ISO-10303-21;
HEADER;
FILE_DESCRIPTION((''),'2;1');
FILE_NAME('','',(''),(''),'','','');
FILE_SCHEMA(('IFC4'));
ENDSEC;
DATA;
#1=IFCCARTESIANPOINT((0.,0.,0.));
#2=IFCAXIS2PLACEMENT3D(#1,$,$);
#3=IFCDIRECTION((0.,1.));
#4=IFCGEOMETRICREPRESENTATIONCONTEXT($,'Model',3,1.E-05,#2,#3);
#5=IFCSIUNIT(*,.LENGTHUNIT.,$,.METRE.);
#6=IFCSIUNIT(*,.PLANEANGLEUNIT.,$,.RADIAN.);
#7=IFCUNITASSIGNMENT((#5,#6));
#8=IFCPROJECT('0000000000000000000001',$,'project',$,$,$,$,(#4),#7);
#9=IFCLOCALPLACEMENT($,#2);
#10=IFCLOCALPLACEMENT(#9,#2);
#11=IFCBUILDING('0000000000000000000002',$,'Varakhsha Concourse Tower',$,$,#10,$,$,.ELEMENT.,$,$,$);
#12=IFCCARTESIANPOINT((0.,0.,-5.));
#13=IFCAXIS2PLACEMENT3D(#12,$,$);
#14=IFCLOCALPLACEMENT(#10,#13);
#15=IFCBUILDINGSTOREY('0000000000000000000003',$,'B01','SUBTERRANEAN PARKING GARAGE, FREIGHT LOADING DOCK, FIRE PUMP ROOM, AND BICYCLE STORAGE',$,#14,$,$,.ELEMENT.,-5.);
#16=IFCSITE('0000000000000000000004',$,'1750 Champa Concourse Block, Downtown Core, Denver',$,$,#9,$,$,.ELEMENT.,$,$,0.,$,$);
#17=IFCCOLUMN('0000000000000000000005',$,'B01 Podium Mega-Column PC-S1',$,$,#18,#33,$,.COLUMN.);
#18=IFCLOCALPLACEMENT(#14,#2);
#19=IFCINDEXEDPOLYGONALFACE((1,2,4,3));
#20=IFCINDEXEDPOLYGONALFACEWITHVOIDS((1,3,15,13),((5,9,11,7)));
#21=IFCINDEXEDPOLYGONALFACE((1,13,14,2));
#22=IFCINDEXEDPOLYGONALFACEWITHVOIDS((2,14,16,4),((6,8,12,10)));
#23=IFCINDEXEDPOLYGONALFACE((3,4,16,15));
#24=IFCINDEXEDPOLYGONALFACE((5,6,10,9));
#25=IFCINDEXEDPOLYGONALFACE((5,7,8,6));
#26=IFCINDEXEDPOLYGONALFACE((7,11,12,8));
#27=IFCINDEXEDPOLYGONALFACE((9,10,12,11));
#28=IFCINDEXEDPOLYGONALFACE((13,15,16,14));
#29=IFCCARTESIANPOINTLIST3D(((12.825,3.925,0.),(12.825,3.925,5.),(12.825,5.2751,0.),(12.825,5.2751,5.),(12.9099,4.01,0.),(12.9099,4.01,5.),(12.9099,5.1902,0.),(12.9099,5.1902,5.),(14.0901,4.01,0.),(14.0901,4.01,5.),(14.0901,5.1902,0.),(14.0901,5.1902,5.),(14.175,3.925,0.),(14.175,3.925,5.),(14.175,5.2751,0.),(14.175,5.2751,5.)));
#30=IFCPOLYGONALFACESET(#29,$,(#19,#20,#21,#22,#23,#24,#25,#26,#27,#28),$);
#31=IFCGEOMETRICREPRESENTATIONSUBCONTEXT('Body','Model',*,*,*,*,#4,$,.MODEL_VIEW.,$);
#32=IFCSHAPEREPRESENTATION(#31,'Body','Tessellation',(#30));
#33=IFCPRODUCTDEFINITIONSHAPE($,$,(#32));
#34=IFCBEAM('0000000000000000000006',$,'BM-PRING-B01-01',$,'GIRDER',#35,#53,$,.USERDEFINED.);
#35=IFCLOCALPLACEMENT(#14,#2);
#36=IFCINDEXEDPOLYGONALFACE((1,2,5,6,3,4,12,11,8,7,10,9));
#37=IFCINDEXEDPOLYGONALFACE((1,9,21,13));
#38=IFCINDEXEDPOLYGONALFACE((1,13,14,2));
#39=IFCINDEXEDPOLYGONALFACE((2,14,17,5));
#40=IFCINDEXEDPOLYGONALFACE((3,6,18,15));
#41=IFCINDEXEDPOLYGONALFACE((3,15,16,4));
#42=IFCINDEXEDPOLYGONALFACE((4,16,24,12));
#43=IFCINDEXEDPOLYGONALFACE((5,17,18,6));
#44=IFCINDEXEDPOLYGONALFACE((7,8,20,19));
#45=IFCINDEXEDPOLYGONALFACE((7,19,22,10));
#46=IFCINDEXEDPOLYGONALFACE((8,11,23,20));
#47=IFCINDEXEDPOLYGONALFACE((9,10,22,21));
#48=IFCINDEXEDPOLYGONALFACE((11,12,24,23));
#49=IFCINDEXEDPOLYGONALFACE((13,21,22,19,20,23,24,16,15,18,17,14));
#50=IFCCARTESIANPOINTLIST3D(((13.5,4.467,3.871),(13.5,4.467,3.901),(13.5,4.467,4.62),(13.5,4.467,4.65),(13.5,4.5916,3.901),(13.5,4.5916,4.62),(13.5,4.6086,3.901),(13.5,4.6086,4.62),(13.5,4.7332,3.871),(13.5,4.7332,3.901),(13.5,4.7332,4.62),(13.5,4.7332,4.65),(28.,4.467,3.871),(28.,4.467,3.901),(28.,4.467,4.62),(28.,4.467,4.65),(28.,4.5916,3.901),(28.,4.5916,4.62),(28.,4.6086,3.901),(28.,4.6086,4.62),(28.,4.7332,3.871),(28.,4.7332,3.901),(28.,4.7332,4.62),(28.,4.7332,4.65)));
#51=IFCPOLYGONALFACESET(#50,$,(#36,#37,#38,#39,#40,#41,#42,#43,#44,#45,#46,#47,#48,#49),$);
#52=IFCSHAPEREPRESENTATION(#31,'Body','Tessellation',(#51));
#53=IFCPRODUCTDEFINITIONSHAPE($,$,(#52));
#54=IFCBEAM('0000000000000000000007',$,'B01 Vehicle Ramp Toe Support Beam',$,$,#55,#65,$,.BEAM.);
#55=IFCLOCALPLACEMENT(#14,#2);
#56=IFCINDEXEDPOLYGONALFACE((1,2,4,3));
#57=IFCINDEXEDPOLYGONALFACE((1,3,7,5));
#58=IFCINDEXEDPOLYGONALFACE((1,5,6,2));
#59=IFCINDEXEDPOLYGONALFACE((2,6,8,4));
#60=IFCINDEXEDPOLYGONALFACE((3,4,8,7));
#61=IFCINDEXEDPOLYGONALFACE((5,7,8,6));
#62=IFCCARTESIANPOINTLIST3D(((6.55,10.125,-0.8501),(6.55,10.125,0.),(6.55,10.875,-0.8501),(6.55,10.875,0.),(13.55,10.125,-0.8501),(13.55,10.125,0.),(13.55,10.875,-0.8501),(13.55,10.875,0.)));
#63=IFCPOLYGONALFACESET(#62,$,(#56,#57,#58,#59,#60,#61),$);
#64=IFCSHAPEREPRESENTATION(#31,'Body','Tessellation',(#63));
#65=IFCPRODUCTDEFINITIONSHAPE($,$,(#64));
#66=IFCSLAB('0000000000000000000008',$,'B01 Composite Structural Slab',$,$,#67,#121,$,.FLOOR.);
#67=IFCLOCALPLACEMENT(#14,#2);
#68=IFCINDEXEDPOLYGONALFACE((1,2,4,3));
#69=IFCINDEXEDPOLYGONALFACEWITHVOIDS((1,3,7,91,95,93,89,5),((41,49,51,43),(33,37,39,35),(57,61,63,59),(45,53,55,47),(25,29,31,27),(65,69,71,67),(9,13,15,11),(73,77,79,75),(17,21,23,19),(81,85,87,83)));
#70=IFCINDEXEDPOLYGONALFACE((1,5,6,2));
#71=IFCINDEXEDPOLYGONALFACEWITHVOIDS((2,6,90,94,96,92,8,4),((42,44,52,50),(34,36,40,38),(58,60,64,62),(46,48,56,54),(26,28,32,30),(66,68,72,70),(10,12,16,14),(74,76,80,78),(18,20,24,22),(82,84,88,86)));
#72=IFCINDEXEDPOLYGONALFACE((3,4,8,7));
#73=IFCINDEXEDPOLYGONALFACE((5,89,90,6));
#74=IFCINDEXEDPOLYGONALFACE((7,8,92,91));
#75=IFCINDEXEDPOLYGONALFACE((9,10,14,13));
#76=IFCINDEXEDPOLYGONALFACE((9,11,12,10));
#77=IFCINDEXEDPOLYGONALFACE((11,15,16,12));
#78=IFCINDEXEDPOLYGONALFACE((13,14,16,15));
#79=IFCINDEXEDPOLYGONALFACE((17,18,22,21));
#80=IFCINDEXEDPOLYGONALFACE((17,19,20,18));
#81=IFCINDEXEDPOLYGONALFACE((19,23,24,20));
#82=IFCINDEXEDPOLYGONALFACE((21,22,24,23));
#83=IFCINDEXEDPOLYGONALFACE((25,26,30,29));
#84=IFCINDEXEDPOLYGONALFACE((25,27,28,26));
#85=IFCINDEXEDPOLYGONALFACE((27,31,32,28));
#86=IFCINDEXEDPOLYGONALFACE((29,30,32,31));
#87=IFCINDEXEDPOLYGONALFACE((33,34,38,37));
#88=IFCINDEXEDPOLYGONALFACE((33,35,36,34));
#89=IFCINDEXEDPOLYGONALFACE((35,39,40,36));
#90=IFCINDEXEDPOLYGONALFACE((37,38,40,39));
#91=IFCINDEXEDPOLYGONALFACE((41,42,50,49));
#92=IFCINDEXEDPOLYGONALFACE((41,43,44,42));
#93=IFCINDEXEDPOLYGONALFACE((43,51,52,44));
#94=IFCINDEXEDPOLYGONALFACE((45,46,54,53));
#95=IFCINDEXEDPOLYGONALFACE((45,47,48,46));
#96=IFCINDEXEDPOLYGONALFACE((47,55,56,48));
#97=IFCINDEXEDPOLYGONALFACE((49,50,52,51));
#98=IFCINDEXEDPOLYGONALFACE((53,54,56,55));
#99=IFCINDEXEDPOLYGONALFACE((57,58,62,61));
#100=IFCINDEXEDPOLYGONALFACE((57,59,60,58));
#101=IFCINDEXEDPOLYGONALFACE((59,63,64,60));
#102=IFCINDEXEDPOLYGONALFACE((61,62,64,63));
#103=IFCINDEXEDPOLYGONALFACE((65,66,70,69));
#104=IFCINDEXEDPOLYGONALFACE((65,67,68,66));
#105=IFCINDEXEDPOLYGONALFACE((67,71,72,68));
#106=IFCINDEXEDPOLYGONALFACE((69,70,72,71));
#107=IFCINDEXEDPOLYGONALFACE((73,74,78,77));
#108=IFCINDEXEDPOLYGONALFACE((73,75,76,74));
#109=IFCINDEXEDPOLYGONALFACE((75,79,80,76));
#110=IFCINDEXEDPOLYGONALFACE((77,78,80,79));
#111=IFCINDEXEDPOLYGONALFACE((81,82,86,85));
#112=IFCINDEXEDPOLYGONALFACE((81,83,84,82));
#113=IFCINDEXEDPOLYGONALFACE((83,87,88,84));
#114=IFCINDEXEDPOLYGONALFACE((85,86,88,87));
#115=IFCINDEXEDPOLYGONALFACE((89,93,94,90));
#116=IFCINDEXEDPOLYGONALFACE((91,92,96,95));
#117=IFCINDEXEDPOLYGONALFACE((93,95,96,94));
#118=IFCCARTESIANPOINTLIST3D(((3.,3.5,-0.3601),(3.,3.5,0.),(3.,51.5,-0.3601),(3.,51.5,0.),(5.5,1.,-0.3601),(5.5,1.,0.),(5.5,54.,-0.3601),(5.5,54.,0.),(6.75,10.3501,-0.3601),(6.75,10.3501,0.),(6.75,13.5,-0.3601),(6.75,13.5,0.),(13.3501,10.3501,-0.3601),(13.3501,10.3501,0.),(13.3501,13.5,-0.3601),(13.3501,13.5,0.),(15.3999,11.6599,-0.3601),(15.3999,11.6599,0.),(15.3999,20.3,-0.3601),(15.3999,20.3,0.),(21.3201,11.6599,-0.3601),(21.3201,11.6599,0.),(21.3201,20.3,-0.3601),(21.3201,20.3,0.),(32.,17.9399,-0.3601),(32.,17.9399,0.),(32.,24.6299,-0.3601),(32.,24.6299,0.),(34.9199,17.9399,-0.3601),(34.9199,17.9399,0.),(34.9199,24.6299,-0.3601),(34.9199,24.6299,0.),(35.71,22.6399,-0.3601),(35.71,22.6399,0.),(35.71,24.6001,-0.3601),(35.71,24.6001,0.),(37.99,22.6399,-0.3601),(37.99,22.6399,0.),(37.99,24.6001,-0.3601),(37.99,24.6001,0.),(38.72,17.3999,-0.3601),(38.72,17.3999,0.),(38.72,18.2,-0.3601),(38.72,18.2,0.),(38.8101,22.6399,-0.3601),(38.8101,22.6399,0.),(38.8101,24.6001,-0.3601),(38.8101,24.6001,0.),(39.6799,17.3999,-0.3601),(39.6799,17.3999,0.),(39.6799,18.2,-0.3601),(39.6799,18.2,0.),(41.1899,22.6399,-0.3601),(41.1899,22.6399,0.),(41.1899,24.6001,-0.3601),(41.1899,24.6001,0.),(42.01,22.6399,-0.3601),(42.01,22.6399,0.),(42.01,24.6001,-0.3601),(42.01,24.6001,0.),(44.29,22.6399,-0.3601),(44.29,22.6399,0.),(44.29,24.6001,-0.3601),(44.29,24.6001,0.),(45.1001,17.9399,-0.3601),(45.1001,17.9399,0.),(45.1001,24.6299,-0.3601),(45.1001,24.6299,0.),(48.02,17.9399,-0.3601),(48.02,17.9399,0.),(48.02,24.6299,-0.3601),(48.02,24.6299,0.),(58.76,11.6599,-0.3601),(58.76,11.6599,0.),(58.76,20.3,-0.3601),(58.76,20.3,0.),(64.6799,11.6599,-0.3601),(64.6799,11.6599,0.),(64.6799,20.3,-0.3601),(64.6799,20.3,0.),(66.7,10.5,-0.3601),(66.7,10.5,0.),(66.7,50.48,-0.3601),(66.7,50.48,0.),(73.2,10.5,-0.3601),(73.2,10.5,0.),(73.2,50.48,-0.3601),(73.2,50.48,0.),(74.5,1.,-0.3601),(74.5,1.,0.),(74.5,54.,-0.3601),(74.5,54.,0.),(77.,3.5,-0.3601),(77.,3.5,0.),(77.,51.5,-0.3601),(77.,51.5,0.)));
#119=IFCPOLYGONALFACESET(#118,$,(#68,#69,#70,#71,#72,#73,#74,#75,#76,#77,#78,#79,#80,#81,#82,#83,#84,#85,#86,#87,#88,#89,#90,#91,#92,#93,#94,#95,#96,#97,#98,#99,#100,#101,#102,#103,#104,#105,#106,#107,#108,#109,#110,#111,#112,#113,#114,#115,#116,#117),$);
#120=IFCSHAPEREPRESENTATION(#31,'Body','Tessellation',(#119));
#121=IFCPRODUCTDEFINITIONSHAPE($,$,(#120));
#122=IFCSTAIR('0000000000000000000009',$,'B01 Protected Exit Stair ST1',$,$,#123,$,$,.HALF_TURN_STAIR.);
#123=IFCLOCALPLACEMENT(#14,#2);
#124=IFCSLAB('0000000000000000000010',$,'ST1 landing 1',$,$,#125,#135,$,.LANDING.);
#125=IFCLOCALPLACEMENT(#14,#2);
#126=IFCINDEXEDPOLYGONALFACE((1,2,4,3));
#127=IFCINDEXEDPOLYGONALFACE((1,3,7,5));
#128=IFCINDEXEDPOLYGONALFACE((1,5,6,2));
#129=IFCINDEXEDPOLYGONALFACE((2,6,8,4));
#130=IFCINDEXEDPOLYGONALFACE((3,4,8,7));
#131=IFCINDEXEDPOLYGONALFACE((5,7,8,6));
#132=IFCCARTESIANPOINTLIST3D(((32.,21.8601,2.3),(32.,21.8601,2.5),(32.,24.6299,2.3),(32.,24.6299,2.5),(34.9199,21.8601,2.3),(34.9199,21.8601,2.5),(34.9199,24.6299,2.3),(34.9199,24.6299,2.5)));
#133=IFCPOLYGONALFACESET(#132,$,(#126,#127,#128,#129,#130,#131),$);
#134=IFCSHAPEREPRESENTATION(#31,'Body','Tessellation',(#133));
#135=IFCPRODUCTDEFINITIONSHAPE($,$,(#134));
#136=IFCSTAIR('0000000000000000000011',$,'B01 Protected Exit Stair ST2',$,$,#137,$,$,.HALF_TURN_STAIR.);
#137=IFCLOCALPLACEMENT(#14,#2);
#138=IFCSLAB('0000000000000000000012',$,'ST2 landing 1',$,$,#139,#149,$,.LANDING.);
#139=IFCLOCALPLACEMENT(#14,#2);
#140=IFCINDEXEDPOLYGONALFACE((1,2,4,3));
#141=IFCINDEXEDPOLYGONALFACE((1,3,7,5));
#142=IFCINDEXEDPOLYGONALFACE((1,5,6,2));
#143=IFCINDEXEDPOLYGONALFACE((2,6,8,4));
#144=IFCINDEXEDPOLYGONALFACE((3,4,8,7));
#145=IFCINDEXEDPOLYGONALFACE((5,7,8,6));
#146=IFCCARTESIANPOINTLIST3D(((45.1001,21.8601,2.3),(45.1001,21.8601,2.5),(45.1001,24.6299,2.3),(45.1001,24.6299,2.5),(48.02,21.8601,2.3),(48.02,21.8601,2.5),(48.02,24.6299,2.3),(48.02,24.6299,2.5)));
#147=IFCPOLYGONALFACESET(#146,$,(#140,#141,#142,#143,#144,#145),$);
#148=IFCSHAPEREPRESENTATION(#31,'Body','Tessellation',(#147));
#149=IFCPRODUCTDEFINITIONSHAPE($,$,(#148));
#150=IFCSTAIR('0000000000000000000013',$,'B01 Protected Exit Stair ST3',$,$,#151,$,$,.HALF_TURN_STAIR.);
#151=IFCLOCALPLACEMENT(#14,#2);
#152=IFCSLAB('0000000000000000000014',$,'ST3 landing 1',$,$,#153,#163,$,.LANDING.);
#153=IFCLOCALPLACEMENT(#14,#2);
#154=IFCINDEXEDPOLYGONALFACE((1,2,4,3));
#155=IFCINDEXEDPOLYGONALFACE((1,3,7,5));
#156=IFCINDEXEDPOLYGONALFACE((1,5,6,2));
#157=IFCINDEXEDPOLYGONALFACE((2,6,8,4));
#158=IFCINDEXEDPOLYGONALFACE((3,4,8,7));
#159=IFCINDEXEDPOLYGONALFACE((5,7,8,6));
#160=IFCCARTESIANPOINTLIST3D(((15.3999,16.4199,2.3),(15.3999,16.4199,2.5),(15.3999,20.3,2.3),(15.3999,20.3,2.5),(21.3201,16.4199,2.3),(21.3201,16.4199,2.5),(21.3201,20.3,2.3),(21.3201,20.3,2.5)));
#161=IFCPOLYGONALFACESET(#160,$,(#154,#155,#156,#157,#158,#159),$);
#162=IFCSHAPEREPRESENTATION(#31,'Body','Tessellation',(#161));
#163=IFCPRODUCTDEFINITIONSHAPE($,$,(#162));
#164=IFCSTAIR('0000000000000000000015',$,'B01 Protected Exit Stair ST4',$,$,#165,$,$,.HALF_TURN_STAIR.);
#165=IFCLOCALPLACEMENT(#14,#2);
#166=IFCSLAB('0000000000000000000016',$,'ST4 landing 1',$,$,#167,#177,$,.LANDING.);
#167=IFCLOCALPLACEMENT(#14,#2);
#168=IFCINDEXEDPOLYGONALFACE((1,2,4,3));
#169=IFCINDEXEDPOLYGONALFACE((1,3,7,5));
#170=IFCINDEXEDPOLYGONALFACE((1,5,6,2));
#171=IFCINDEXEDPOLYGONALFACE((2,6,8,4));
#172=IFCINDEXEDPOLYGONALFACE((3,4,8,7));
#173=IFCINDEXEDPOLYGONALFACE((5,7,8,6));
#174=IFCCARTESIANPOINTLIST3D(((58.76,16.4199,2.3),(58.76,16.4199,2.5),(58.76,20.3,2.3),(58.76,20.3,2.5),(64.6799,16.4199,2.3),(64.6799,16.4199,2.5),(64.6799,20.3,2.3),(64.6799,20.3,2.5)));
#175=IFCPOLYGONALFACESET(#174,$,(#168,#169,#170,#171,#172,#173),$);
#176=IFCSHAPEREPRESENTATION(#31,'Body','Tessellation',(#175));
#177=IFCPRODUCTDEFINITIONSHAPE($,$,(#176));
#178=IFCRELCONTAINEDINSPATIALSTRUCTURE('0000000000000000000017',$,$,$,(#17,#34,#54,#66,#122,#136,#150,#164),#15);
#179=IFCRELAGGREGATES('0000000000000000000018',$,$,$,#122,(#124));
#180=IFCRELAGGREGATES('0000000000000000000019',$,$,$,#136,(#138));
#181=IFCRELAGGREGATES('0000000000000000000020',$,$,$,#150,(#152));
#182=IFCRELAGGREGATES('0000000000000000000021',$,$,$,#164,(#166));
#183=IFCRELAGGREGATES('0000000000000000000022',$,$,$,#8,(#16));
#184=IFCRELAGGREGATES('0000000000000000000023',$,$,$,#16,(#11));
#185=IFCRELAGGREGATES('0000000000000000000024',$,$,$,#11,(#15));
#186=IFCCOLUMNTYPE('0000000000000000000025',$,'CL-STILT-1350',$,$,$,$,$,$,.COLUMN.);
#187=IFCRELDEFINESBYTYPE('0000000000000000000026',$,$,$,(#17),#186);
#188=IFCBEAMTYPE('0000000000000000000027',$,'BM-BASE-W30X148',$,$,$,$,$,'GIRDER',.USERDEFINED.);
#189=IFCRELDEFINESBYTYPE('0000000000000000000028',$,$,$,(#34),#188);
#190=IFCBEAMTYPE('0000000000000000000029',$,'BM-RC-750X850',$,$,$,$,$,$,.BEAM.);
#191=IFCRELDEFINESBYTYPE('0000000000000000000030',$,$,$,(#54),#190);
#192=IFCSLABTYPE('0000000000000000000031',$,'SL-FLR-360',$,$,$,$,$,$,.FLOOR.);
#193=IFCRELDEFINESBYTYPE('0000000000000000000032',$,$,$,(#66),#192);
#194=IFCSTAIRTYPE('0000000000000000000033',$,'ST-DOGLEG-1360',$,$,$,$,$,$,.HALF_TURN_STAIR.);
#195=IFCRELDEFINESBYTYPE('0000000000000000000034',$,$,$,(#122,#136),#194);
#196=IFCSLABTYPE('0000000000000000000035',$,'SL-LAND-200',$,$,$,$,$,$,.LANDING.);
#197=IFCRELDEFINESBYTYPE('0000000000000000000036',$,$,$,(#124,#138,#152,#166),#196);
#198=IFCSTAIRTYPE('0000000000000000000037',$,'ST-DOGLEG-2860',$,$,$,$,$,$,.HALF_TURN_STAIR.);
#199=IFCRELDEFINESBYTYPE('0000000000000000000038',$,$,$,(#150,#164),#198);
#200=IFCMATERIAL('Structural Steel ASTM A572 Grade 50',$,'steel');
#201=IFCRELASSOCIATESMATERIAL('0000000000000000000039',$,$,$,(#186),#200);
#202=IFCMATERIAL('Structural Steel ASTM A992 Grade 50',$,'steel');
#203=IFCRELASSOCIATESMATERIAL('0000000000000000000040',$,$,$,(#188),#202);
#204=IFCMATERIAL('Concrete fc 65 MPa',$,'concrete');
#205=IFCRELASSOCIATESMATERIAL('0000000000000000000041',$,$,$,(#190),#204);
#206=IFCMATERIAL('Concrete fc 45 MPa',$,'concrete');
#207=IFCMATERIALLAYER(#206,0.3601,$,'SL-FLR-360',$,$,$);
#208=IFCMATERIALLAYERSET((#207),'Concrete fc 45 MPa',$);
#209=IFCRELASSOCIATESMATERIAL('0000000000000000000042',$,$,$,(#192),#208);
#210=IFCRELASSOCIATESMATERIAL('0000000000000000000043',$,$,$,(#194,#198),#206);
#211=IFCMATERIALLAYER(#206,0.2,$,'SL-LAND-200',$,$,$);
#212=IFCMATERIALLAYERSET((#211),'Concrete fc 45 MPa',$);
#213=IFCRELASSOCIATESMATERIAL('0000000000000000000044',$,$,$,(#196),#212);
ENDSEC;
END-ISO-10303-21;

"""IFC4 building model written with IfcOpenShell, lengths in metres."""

from ifc_helpers import new_model, si_unit, direction, frame, origin, origin_2d, place, context, subcontext, project, spatial, polyline, rectangle, hollow_rectangle, i_section, outline, extrude, material, layer, layer_set, material_profile, profile_set, type_object, element, aggregate, save


model = new_model("IFC4")

# Units and contexts
model_context = context("Model", 3, precision=1e-05, world=origin(), true_north=direction((0.0, 1.0)))
body_context = subcontext(model_context, "Body", "Model", "MODEL_VIEW")
ifc_project = project(units=[si_unit("LENGTHUNIT", "METRE"), si_unit("PLANEANGLEUNIT", "RADIAN")], contexts=[model_context])

# Site, building, storey
site_placement = place(None, origin())
site = spatial("IfcSite", under=ifc_project, at=site_placement, Name="1750 Champa Concourse Block, Downtown Core, Denver", CompositionType="ELEMENT", RefElevation=0.0)
building_placement = place(site_placement, origin())
building = spatial("IfcBuilding", under=site, at=building_placement, Name="Varakhsha Concourse Tower", CompositionType="ELEMENT")
storey_placement = place(building_placement, frame((0.0, 0.0, -5.0)))
storey = spatial("IfcBuildingStorey", under=building, at=storey_placement, Name="B01", Description="SUBTERRANEAN PARKING GARAGE, FREIGHT LOADING DOCK, FIRE PUMP ROOM, AND BICYCLE STORAGE", CompositionType="ELEMENT", Elevation=-5.0)

# Column
ifc_material_1 = material(Name="Structural Steel ASTM A572 Grade 50", Category="steel")
ifc_material_profile_1 = material_profile(ifc_material_1, hollow_rectangle(XDim=1.3501, YDim=1.3501, WallThickness=0.085, at=origin_2d()), Name="BOX 1350x1350x85")
ifc_profile_set_1 = profile_set([ifc_material_profile_1], Name="Structural Steel ASTM A572 Grade 50")
column_type = type_object("IfcColumnType", Name="CL-STILT-1350", PredefinedType="COLUMN", material=ifc_profile_set_1)
column_placement = place(storey_placement, frame((13.5, 4.6001, 0.0), z_axis=(0.0, 0.0, 1.0), x_axis=(1.0, 0.0, 0.0)))
element("IfcColumn", 1, at=column_placement, inside=storey, type_object=column_type, Name="B01 Podium Mega-Column PC-S1", PredefinedType="COLUMN", context=body_context, shape_type="SweptSolid", body=[
    extrude(hollow_rectangle(XDim=1.3501, YDim=1.3501, WallThickness=0.085, at=origin_2d()), origin(), (0.0, 0.0, 1.0), 5.0),
])

# Beams
ifc_material_2 = material(Name="Structural Steel ASTM A992 Grade 50", Category="steel")
ifc_material_profile_2 = material_profile(ifc_material_2, i_section(OverallWidth=0.2661, OverallDepth=0.7791, WebThickness=0.0171, FlangeThickness=0.03, at=origin_2d()), Name="W30X148")
ifc_profile_set_2 = profile_set([ifc_material_profile_2], Name="Structural Steel ASTM A992 Grade 50")
beam_type_1 = type_object("IfcBeamType", Name="BM-BASE-W30X148", ElementType="GIRDER", PredefinedType="USERDEFINED", material=ifc_profile_set_2)
beam_1_placement = place(storey_placement, frame((13.5, 4.6001, 4.2605), z_axis=(1.0, 0.0, 0.0), x_axis=(0.0, 1.0, 0.0)))
element("IfcBeam", 2, at=beam_1_placement, inside=storey, type_object=beam_type_1, Name="BM-PRING-B01-01", ObjectType="GIRDER", PredefinedType="USERDEFINED", context=body_context, shape_type="SweptSolid", body=[
    extrude(i_section(OverallWidth=0.2661, OverallDepth=0.7791, WebThickness=0.0171, FlangeThickness=0.03, at=origin_2d()), origin(), (0.0, 0.0, 1.0), 14.5),
])
ifc_material_3 = material(Name="Concrete fc 65 MPa", Category="concrete")
ifc_material_profile_3 = material_profile(ifc_material_3, rectangle(XDim=0.75, YDim=0.8501, at=origin_2d()), Name="RC 750x850")
ifc_profile_set_3 = profile_set([ifc_material_profile_3], Name="Concrete fc 65 MPa")
beam_type_2 = type_object("IfcBeamType", Name="BM-RC-750X850", PredefinedType="BEAM", material=ifc_profile_set_3)
beam_2_placement = place(storey_placement, frame((6.55, 10.5, -0.425), z_axis=(1.0, 0.0, 0.0), x_axis=(0.0, 1.0, 0.0)))
element("IfcBeam", 3, at=beam_2_placement, inside=storey, type_object=beam_type_2, Name="B01 Vehicle Ramp Toe Support Beam", PredefinedType="BEAM", context=body_context, shape_type="SweptSolid", body=[
    extrude(rectangle(XDim=0.75, YDim=0.8501, at=origin_2d()), origin(), (0.0, 0.0, 1.0), 7.0),
])

# Slab
ifc_material_4 = material(Name="Concrete fc 45 MPa", Category="concrete")
ifc_layer_1 = layer(ifc_material_4, 0.3601, Name="SL-FLR-360")
ifc_layer_set_1 = layer_set([ifc_layer_1], Name="Concrete fc 45 MPa")
slab_type_1 = type_object("IfcSlabType", Name="SL-FLR-360", PredefinedType="FLOOR", material=ifc_layer_set_1)
slab_1_placement = place(storey_placement, frame((0.0, 0.0, -0.3601)))
element("IfcSlab", 4, at=slab_1_placement, inside=storey, type_object=slab_type_1, Name="B01 Composite Structural Slab", PredefinedType="FLOOR", context=body_context, shape_type="SweptSolid", body=[
    extrude(outline(polyline([(5.5, 1.0), (74.5, 1.0), (77.0, 3.5), (77.0, 51.5), (74.5, 54.0), (5.5, 54.0), (3.0, 51.5), (3.0, 3.5), (5.5, 1.0)]), holes=[polyline([(34.9199, 17.9399), (34.9199, 24.6299), (32.0, 24.6299), (32.0, 17.9399), (34.9199, 17.9399)]), polyline([(48.02, 17.9399), (48.02, 24.6299), (45.1001, 24.6299), (45.1001, 17.9399), (48.02, 17.9399)]), polyline([(21.3201, 11.6599), (21.3201, 20.3), (15.3999, 20.3), (15.3999, 11.6599), (21.3201, 11.6599)]), polyline([(64.6799, 11.6599), (64.6799, 20.3), (58.76, 20.3), (58.76, 11.6599), (64.6799, 11.6599)]), polyline([(35.71, 22.6399), (37.99, 22.6399), (37.99, 24.6001), (35.71, 24.6001), (35.71, 22.6399)]), polyline([(42.01, 22.6399), (44.29, 22.6399), (44.29, 24.6001), (42.01, 24.6001), (42.01, 22.6399)]), polyline([(38.8101, 22.6399), (41.1899, 22.6399), (41.1899, 24.6001), (38.8101, 24.6001), (38.8101, 22.6399)]), polyline([(38.72, 17.3999), (39.6799, 17.3999), (39.6799, 18.2), (38.72, 18.2), (38.72, 17.3999)]), polyline([(66.7, 10.5), (73.2, 10.5), (73.2, 50.48), (66.7, 50.48), (66.7, 10.5)]), polyline([(6.75, 10.3501), (13.3501, 10.3501), (13.3501, 13.5), (6.75, 13.5), (6.75, 10.3501)])]), origin(), (0.0, 0.0, 1.0), 0.3601),
])

# Stairs, slabs
stair_type_1 = type_object("IfcStairType", Name="ST-DOGLEG-1360", PredefinedType="HALF_TURN_STAIR", material=ifc_material_4)
stair_1_placement = place(storey_placement, origin())
stair_1 = element("IfcStair", 5, at=stair_1_placement, inside=storey, type_object=stair_type_1, Name="B01 Protected Exit Stair ST1", PredefinedType="HALF_TURN_STAIR")
ifc_layer_2 = layer(ifc_material_4, 0.2, Name="SL-LAND-200")
ifc_layer_set_2 = layer_set([ifc_layer_2], Name="Concrete fc 45 MPa")
slab_type_2 = type_object("IfcSlabType", Name="SL-LAND-200", PredefinedType="LANDING", material=ifc_layer_set_2)
slab_2_placement = place(storey_placement, frame((0.0, 0.0, 2.3)))
slab_2 = element("IfcSlab", 6, at=slab_2_placement, type_object=slab_type_2, Name="ST1 landing 1", PredefinedType="LANDING", context=body_context, shape_type="SweptSolid", body=[
    extrude(outline(polyline([(34.9199, 21.8601), (34.9199, 24.6299), (32.0, 24.6299), (32.0, 21.8601), (34.9199, 21.8601)])), origin(), (0.0, 0.0, 1.0), 0.2),
])
aggregate(stair_1, [slab_2])
stair_2_placement = place(storey_placement, origin())
stair_2 = element("IfcStair", 7, at=stair_2_placement, inside=storey, type_object=stair_type_1, Name="B01 Protected Exit Stair ST2", PredefinedType="HALF_TURN_STAIR")
slab_3_placement = place(storey_placement, frame((0.0, 0.0, 2.3)))
slab_3 = element("IfcSlab", 8, at=slab_3_placement, type_object=slab_type_2, Name="ST2 landing 1", PredefinedType="LANDING", context=body_context, shape_type="SweptSolid", body=[
    extrude(outline(polyline([(48.02, 21.8601), (48.02, 24.6299), (45.1001, 24.6299), (45.1001, 21.8601), (48.02, 21.8601)])), origin(), (0.0, 0.0, 1.0), 0.2),
])
aggregate(stair_2, [slab_3])
stair_type_2 = type_object("IfcStairType", Name="ST-DOGLEG-2860", PredefinedType="HALF_TURN_STAIR", material=ifc_material_4)
stair_3_placement = place(storey_placement, origin())
stair_3 = element("IfcStair", 9, at=stair_3_placement, inside=storey, type_object=stair_type_2, Name="B01 Protected Exit Stair ST3", PredefinedType="HALF_TURN_STAIR")
slab_4_placement = place(storey_placement, frame((0.0, 0.0, 2.3)))
slab_4 = element("IfcSlab", 10, at=slab_4_placement, type_object=slab_type_2, Name="ST3 landing 1", PredefinedType="LANDING", context=body_context, shape_type="SweptSolid", body=[
    extrude(outline(polyline([(21.3201, 16.4199), (21.3201, 20.3), (15.3999, 20.3), (15.3999, 16.4199), (21.3201, 16.4199)])), origin(), (0.0, 0.0, 1.0), 0.2),
])
aggregate(stair_3, [slab_4])
stair_4_placement = place(storey_placement, origin())
stair_4 = element("IfcStair", 11, at=stair_4_placement, inside=storey, type_object=stair_type_2, Name="B01 Protected Exit Stair ST4", PredefinedType="HALF_TURN_STAIR")
slab_5_placement = place(storey_placement, frame((0.0, 0.0, 2.3)))
slab_5 = element("IfcSlab", 12, at=slab_5_placement, type_object=slab_type_2, Name="ST4 landing 1", PredefinedType="LANDING", context=body_context, shape_type="SweptSolid", body=[
    extrude(outline(polyline([(64.6799, 16.4199), (64.6799, 20.3), (58.76, 20.3), (58.76, 16.4199), (64.6799, 16.4199)])), origin(), (0.0, 0.0, 1.0), 0.2),
])
aggregate(stair_4, [slab_5])

save(model, "model.ifc")
